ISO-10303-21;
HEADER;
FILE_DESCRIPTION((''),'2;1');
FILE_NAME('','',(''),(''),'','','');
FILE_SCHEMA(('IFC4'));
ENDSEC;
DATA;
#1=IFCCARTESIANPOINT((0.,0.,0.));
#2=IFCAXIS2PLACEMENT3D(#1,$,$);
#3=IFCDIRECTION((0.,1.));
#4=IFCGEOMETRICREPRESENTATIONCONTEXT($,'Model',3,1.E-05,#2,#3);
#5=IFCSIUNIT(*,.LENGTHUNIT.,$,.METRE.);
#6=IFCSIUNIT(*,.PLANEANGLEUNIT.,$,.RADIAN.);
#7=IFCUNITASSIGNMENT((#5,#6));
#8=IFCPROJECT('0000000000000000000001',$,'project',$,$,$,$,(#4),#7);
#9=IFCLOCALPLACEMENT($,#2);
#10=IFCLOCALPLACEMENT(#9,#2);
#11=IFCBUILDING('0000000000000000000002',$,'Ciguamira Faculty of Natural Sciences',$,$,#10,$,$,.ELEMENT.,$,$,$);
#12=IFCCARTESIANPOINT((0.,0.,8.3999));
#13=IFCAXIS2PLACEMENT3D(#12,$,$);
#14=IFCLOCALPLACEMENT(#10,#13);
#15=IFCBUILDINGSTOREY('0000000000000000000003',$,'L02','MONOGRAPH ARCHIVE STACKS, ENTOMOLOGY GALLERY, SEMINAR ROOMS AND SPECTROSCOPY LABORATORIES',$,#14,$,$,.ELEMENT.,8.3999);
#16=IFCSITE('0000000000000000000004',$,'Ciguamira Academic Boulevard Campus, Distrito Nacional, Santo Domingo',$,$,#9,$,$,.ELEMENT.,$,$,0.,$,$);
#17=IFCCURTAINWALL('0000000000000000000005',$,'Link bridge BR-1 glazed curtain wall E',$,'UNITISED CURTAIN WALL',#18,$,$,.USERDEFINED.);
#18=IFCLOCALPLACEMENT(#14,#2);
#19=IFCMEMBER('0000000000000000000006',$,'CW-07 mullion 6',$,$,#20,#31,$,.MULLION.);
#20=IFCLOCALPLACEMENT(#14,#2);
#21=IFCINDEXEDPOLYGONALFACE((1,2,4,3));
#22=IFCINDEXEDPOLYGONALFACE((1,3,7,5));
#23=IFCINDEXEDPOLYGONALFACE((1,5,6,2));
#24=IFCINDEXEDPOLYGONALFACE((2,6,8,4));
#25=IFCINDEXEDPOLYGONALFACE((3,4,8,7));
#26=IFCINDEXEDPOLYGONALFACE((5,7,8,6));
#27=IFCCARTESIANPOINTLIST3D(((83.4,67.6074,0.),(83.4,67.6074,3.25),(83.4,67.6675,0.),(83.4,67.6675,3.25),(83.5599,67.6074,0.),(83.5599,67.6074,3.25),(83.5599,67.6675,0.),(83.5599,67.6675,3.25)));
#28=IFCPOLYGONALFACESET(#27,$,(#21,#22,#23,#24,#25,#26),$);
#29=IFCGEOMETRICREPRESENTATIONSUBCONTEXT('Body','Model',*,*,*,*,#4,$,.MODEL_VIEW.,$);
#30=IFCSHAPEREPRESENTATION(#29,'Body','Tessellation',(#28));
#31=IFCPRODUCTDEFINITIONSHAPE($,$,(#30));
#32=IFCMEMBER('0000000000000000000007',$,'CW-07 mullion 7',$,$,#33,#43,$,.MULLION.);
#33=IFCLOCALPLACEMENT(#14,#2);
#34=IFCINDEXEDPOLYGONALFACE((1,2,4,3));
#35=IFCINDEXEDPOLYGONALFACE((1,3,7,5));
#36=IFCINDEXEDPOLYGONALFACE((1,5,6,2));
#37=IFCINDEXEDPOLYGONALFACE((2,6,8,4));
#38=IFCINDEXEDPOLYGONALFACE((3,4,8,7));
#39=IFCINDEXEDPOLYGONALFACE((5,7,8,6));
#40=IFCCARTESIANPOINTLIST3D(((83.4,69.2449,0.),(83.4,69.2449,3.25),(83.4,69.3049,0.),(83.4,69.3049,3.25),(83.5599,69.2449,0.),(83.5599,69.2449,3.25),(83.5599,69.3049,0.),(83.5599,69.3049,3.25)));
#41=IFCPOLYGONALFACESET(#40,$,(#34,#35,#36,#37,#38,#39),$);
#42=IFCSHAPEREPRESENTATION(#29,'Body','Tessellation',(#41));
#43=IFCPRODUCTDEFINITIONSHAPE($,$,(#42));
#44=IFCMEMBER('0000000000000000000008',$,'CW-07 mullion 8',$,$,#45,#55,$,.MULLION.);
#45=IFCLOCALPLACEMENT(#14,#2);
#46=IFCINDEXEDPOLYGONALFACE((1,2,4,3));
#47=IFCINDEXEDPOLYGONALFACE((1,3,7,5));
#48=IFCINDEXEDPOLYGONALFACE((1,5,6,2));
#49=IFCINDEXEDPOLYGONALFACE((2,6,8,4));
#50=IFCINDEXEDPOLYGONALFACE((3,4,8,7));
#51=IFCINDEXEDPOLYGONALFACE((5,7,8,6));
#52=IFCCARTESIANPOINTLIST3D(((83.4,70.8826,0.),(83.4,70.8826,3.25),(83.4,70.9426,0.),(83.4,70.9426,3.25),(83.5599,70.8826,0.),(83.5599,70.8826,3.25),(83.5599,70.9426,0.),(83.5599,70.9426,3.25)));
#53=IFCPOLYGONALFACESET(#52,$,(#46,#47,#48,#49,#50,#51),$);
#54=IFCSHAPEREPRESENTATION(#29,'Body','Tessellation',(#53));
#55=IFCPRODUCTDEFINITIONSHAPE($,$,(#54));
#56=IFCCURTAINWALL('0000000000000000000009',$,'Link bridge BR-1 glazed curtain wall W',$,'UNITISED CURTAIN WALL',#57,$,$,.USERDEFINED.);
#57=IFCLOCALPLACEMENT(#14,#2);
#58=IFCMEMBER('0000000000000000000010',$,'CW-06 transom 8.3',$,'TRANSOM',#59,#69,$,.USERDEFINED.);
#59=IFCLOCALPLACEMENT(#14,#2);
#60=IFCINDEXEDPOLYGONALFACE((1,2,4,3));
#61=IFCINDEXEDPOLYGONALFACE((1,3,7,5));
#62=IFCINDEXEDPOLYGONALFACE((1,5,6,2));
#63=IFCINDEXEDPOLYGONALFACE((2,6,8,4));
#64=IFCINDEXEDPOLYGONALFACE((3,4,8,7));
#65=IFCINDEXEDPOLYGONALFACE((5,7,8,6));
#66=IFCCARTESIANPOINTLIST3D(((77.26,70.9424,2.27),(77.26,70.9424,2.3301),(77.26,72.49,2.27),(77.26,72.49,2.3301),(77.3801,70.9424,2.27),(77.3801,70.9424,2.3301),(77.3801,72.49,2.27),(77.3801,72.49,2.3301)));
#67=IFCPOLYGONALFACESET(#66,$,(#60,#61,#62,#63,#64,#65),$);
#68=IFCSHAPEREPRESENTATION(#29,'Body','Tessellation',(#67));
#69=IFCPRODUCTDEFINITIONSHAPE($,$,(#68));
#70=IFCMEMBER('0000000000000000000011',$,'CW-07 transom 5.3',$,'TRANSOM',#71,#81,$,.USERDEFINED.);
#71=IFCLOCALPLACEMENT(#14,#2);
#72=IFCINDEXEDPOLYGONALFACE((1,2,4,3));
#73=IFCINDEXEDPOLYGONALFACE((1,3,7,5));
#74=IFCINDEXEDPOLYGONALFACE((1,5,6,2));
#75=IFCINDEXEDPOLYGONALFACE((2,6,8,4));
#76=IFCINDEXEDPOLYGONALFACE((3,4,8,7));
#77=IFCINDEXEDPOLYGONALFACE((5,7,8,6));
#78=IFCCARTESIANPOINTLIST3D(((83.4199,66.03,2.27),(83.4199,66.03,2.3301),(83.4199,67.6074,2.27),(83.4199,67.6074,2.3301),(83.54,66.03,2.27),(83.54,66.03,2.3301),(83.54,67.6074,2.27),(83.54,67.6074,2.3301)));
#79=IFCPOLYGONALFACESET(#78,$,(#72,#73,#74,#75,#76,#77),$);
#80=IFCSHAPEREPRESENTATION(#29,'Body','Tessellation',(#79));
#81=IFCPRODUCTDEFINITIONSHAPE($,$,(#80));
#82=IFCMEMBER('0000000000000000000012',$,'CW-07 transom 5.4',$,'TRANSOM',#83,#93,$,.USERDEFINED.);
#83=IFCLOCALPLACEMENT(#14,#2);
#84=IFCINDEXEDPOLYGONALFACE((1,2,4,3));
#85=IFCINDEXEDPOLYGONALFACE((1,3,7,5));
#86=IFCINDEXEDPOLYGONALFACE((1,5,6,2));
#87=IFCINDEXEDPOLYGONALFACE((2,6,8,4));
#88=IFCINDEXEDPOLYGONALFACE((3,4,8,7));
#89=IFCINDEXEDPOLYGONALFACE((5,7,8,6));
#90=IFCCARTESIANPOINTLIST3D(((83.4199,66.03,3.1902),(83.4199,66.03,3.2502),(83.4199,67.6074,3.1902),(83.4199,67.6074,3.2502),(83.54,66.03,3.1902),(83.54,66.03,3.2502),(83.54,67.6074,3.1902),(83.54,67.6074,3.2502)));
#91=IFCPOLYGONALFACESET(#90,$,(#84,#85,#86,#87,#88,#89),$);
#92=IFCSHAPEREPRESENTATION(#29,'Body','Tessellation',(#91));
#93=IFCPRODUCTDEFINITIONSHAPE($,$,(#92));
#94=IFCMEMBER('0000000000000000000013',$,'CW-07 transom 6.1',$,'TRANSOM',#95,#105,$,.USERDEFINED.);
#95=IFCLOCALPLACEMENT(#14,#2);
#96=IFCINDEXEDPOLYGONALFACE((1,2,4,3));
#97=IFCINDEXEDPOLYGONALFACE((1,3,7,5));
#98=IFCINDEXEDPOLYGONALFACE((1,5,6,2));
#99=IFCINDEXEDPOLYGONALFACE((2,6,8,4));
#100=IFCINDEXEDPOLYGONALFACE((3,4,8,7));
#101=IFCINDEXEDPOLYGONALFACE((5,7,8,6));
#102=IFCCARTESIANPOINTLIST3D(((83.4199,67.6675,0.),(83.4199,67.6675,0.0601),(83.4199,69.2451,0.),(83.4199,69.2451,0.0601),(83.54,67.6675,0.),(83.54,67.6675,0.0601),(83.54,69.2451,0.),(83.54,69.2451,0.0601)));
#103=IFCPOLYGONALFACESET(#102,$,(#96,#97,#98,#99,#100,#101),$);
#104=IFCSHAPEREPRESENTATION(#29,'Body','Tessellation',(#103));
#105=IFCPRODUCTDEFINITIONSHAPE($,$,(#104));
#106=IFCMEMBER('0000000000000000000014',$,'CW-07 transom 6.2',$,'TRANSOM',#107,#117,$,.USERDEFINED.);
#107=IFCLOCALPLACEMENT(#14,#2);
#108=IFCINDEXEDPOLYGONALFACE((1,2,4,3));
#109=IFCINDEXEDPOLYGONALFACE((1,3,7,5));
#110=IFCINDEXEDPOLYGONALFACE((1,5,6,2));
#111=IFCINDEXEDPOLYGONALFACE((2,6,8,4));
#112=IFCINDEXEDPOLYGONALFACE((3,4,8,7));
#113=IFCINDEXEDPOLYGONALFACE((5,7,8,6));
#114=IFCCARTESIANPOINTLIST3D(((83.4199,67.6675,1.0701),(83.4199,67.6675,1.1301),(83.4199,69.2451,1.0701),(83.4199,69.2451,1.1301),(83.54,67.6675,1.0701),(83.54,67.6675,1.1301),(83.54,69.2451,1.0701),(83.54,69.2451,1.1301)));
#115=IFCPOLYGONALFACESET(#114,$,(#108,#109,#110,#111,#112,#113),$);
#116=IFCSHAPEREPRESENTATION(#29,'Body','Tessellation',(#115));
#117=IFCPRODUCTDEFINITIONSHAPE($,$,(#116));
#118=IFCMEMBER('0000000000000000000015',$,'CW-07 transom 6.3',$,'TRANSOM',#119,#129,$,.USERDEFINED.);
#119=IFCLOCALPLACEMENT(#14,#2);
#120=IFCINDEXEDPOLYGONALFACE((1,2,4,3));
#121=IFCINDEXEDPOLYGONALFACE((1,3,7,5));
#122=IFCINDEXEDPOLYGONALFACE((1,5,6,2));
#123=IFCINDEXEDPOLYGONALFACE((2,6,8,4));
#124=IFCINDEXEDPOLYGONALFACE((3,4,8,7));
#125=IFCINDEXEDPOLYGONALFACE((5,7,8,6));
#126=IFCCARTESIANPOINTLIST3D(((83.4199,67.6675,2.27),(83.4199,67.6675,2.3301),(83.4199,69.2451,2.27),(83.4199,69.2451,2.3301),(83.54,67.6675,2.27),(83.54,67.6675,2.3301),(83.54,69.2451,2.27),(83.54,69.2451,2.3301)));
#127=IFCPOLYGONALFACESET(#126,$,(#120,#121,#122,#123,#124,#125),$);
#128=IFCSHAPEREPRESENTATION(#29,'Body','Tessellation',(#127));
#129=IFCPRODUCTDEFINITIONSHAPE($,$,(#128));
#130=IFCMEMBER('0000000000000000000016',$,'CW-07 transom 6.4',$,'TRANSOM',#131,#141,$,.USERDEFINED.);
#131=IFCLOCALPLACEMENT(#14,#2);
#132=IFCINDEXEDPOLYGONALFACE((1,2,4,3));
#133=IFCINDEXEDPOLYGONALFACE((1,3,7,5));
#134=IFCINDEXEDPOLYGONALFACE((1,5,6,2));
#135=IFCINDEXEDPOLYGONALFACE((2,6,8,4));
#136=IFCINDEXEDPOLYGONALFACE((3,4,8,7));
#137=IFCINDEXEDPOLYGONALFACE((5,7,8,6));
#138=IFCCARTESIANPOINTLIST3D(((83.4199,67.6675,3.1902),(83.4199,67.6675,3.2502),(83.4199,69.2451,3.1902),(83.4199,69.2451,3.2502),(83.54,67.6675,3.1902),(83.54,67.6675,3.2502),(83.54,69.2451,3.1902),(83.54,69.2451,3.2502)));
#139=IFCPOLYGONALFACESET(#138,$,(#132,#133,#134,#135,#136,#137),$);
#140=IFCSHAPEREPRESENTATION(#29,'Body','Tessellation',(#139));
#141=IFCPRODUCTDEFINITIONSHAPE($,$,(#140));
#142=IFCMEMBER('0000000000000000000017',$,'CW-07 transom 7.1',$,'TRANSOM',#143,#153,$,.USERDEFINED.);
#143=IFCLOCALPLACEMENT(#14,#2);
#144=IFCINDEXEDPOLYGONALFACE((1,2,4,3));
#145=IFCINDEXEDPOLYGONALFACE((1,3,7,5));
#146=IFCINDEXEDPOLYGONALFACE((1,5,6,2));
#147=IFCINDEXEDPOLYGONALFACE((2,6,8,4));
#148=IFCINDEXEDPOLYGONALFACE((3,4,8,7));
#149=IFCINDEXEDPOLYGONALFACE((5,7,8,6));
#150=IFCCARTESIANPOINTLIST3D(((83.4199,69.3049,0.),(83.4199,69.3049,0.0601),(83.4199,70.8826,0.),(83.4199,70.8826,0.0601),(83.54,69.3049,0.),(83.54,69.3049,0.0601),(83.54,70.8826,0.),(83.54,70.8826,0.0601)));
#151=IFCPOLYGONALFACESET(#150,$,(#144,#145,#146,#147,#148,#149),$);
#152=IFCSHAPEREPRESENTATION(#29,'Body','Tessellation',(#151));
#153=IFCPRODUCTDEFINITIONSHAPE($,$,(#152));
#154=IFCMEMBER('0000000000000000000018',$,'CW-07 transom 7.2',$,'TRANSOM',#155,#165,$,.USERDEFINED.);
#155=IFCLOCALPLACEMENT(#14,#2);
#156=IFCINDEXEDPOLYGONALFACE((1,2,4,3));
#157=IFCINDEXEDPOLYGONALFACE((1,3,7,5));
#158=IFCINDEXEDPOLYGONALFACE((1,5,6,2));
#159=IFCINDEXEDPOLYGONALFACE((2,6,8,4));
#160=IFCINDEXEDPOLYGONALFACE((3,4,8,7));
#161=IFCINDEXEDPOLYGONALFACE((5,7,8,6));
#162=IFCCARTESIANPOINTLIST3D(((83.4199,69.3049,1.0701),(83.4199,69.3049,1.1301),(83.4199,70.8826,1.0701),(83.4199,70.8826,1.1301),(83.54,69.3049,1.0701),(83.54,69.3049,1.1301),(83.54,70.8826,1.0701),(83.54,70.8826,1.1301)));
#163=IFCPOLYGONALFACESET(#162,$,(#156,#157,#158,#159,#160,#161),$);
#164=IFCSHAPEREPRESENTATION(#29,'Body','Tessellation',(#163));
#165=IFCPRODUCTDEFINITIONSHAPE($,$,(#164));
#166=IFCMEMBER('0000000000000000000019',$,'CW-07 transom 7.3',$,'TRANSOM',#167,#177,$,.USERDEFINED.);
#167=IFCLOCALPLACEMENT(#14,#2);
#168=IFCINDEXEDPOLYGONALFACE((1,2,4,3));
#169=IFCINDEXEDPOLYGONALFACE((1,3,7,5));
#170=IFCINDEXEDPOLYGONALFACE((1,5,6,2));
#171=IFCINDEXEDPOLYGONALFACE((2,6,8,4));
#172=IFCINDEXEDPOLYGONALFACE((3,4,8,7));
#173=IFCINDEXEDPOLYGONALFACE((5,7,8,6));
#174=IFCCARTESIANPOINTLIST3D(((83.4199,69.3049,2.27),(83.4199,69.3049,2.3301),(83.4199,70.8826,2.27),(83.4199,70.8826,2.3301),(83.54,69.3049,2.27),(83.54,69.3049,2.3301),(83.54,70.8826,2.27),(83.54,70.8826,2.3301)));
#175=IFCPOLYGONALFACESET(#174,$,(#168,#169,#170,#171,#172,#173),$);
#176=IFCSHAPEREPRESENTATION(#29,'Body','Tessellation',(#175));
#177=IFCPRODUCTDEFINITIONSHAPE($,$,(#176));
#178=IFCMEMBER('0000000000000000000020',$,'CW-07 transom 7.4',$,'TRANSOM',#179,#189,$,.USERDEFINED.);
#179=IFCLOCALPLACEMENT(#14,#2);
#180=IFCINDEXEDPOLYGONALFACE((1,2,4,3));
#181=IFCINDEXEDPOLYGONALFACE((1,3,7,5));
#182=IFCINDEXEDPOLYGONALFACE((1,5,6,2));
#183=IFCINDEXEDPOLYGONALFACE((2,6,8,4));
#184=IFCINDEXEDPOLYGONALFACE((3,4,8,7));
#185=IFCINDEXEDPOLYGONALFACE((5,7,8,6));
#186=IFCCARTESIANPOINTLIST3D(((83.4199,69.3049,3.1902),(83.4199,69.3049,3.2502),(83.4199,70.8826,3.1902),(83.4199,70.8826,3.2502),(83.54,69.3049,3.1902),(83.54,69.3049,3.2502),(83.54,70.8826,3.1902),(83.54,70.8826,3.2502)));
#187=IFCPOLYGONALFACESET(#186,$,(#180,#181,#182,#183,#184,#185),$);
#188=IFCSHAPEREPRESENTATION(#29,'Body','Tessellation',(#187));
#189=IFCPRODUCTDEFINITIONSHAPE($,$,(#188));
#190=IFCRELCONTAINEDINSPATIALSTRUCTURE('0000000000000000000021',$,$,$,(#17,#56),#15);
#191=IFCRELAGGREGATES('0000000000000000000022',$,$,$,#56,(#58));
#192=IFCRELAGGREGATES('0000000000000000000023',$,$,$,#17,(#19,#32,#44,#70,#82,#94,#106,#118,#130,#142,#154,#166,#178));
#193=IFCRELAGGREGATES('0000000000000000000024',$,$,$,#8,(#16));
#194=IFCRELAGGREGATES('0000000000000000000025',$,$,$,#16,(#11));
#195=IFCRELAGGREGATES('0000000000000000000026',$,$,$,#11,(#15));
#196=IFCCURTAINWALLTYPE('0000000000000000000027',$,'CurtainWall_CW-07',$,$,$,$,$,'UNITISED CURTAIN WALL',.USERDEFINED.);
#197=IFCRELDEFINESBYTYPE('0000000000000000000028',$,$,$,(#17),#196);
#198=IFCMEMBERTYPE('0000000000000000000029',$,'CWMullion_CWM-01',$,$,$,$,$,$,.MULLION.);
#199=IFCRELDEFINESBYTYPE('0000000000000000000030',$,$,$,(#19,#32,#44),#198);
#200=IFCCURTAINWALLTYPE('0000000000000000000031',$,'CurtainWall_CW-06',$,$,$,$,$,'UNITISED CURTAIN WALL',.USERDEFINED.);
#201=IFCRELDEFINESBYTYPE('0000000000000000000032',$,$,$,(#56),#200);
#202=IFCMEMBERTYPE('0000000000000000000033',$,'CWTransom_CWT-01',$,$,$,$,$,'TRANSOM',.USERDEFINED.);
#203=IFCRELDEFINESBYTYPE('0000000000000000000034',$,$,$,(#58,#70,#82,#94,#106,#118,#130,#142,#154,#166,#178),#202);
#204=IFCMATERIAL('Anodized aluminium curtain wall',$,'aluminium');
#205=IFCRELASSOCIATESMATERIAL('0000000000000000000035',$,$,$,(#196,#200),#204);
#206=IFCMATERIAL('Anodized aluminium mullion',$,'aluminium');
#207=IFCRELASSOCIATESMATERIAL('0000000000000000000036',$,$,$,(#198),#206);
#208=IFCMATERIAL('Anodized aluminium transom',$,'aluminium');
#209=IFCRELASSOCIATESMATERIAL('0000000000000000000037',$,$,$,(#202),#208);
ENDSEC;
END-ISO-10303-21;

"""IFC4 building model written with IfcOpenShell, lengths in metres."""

from ifc_helpers import new_model, si_unit, direction, frame, origin, origin_2d, place, context, subcontext, project, spatial, rectangle, extrude, material, material_profile, profile_set, type_object, element, aggregate, save


model = new_model("IFC4")

# Units and contexts
model_context = context("Model", 3, precision=1e-05, world=origin(), true_north=direction((0.0, 1.0)))
body_context = subcontext(model_context, "Body", "Model", "MODEL_VIEW")
ifc_project = project(units=[si_unit("LENGTHUNIT", "METRE"), si_unit("PLANEANGLEUNIT", "RADIAN")], contexts=[model_context])

# Site, building, storey
site_placement = place(None, origin())
site = spatial("IfcSite", under=ifc_project, at=site_placement, Name="Ciguamira Academic Boulevard Campus, Distrito Nacional, Santo Domingo", CompositionType="ELEMENT", RefElevation=0.0)
building_placement = place(site_placement, origin())
building = spatial("IfcBuilding", under=site, at=building_placement, Name="Ciguamira Faculty of Natural Sciences", CompositionType="ELEMENT")
storey_placement = place(building_placement, frame((0.0, 0.0, 8.3999)))
storey = spatial("IfcBuildingStorey", under=building, at=storey_placement, Name="L02", Description="MONOGRAPH ARCHIVE STACKS, ENTOMOLOGY GALLERY, SEMINAR ROOMS AND SPECTROSCOPY LABORATORIES", CompositionType="ELEMENT", Elevation=8.3999)

# Curtain wall, members
ifc_material_1 = material(Name="Anodized aluminium curtain wall", Category="aluminium")
curtain_wall_type_1 = type_object("IfcCurtainWallType", Name="CurtainWall_CW-07", ElementType="UNITISED CURTAIN WALL", PredefinedType="USERDEFINED", material=ifc_material_1)
curtain_wall_1_placement = place(storey_placement, origin())
curtain_wall_1 = element("IfcCurtainWall", 1, at=curtain_wall_1_placement, inside=storey, type_object=curtain_wall_type_1, Name="Link bridge BR-1 glazed curtain wall E", ObjectType="UNITISED CURTAIN WALL", PredefinedType="USERDEFINED")
ifc_material_2 = material(Name="Anodized aluminium mullion", Category="aluminium")
ifc_material_profile_1 = material_profile(ifc_material_2, rectangle(XDim=0.0601, YDim=0.1599, at=origin_2d()), Name="ALU-MUL-60X160")
ifc_profile_set_1 = profile_set([ifc_material_profile_1], Name="Anodized aluminium mullion")
member_type_1 = type_object("IfcMemberType", Name="CWMullion_CWM-01", PredefinedType="MULLION", material=ifc_profile_set_1)
member_1_placement = place(storey_placement, frame((83.48, 67.6375, 0.0), z_axis=(0.0, 0.0, 1.0), x_axis=(0.0, 1.0, 0.0)))
member_1 = element("IfcMember", 2, at=member_1_placement, type_object=member_type_1, Name="CW-07 mullion 6", PredefinedType="MULLION", context=body_context, shape_type="SweptSolid", body=[
    extrude(rectangle(XDim=0.0601, YDim=0.1599, at=origin_2d()), origin(), (0.0, 0.0, 1.0), 3.25),
])
member_2_placement = place(storey_placement, frame((83.48, 69.2749, 0.0), z_axis=(0.0, 0.0, 1.0), x_axis=(0.0, 1.0, 0.0)))
member_2 = element("IfcMember", 3, at=member_2_placement, type_object=member_type_1, Name="CW-07 mullion 7", PredefinedType="MULLION", context=body_context, shape_type="SweptSolid", body=[
    extrude(rectangle(XDim=0.0601, YDim=0.1599, at=origin_2d()), origin(), (0.0, 0.0, 1.0), 3.25),
])
member_3_placement = place(storey_placement, frame((83.48, 70.9126, 0.0), z_axis=(0.0, 0.0, 1.0), x_axis=(0.0, 1.0, 0.0)))
member_3 = element("IfcMember", 4, at=member_3_placement, type_object=member_type_1, Name="CW-07 mullion 8", PredefinedType="MULLION", context=body_context, shape_type="SweptSolid", body=[
    extrude(rectangle(XDim=0.0601, YDim=0.1599, at=origin_2d()), origin(), (0.0, 0.0, 1.0), 3.25),
])

# Curtain wall, member
curtain_wall_type_2 = type_object("IfcCurtainWallType", Name="CurtainWall_CW-06", ElementType="UNITISED CURTAIN WALL", PredefinedType="USERDEFINED", material=ifc_material_1)
curtain_wall_2_placement = place(storey_placement, origin())
curtain_wall_2 = element("IfcCurtainWall", 5, at=curtain_wall_2_placement, inside=storey, type_object=curtain_wall_type_2, Name="Link bridge BR-1 glazed curtain wall W", ObjectType="UNITISED CURTAIN WALL", PredefinedType="USERDEFINED")
ifc_material_3 = material(Name="Anodized aluminium transom", Category="aluminium")
ifc_material_profile_2 = material_profile(ifc_material_3, rectangle(XDim=0.0601, YDim=0.1201, at=origin_2d()), Name="ALU-TRN-60X120")
ifc_profile_set_2 = profile_set([ifc_material_profile_2], Name="Anodized aluminium transom")
member_type_2 = type_object("IfcMemberType", Name="CWTransom_CWT-01", ElementType="TRANSOM", PredefinedType="USERDEFINED", material=ifc_profile_set_2)
member_4_placement = place(storey_placement, frame((77.3201, 70.9424, 2.3), z_axis=(0.0, 1.0, 0.0), x_axis=(0.0, 0.0, 1.0)))
member_4 = element("IfcMember", 6, at=member_4_placement, type_object=member_type_2, Name="CW-06 transom 8.3", ObjectType="TRANSOM", PredefinedType="USERDEFINED", context=body_context, shape_type="SweptSolid", body=[
    extrude(rectangle(XDim=0.0601, YDim=0.1201, at=origin_2d()), origin(), (0.0, 0.0, 1.0), 1.5476),
])
aggregate(curtain_wall_2, [member_4])

# Members
member_5_placement = place(storey_placement, frame((83.48, 66.03, 2.3), z_axis=(0.0, 1.0, 0.0), x_axis=(0.0, 0.0, 1.0)))
member_5 = element("IfcMember", 7, at=member_5_placement, type_object=member_type_2, Name="CW-07 transom 5.3", ObjectType="TRANSOM", PredefinedType="USERDEFINED", context=body_context, shape_type="SweptSolid", body=[
    extrude(rectangle(XDim=0.0601, YDim=0.1201, at=origin_2d()), origin(), (0.0, 0.0, 1.0), 1.5774),
])
member_6_placement = place(storey_placement, frame((83.48, 66.03, 3.2202), z_axis=(0.0, 1.0, 0.0), x_axis=(0.0, 0.0, 1.0)))
member_6 = element("IfcMember", 8, at=member_6_placement, type_object=member_type_2, Name="CW-07 transom 5.4", ObjectType="TRANSOM", PredefinedType="USERDEFINED", context=body_context, shape_type="SweptSolid", body=[
    extrude(rectangle(XDim=0.0601, YDim=0.1201, at=origin_2d()), origin(), (0.0, 0.0, 1.0), 1.5774),
])
member_7_placement = place(storey_placement, frame((83.48, 67.6675, 0.03), z_axis=(0.0, 1.0, 0.0), x_axis=(0.0, 0.0, 1.0)))
member_7 = element("IfcMember", 9, at=member_7_placement, type_object=member_type_2, Name="CW-07 transom 6.1", ObjectType="TRANSOM", PredefinedType="USERDEFINED", context=body_context, shape_type="SweptSolid", body=[
    extrude(rectangle(XDim=0.0601, YDim=0.1201, at=origin_2d()), origin(), (0.0, 0.0, 1.0), 1.5776),
])
member_8_placement = place(storey_placement, frame((83.48, 67.6675, 1.1001), z_axis=(0.0, 1.0, 0.0), x_axis=(0.0, 0.0, 1.0)))
member_8 = element("IfcMember", 10, at=member_8_placement, type_object=member_type_2, Name="CW-07 transom 6.2", ObjectType="TRANSOM", PredefinedType="USERDEFINED", context=body_context, shape_type="SweptSolid", body=[
    extrude(rectangle(XDim=0.0601, YDim=0.1201, at=origin_2d()), origin(), (0.0, 0.0, 1.0), 1.5776),
])
member_9_placement = place(storey_placement, frame((83.48, 67.6675, 2.3), z_axis=(0.0, 1.0, 0.0), x_axis=(0.0, 0.0, 1.0)))
member_9 = element("IfcMember", 11, at=member_9_placement, type_object=member_type_2, Name="CW-07 transom 6.3", ObjectType="TRANSOM", PredefinedType="USERDEFINED", context=body_context, shape_type="SweptSolid", body=[
    extrude(rectangle(XDim=0.0601, YDim=0.1201, at=origin_2d()), origin(), (0.0, 0.0, 1.0), 1.5776),
])
member_10_placement = place(storey_placement, frame((83.48, 67.6675, 3.2202), z_axis=(0.0, 1.0, 0.0), x_axis=(0.0, 0.0, 1.0)))
member_10 = element("IfcMember", 12, at=member_10_placement, type_object=member_type_2, Name="CW-07 transom 6.4", ObjectType="TRANSOM", PredefinedType="USERDEFINED", context=body_context, shape_type="SweptSolid", body=[
    extrude(rectangle(XDim=0.0601, YDim=0.1201, at=origin_2d()), origin(), (0.0, 0.0, 1.0), 1.5776),
])
member_11_placement = place(storey_placement, frame((83.48, 69.3049, 0.03), z_axis=(0.0, 1.0, 0.0), x_axis=(0.0, 0.0, 1.0)))
member_11 = element("IfcMember", 13, at=member_11_placement, type_object=member_type_2, Name="CW-07 transom 7.1", ObjectType="TRANSOM", PredefinedType="USERDEFINED", context=body_context, shape_type="SweptSolid", body=[
    extrude(rectangle(XDim=0.0601, YDim=0.1201, at=origin_2d()), origin(), (0.0, 0.0, 1.0), 1.5776),
])
member_12_placement = place(storey_placement, frame((83.48, 69.3049, 1.1001), z_axis=(0.0, 1.0, 0.0), x_axis=(0.0, 0.0, 1.0)))
member_12 = element("IfcMember", 14, at=member_12_placement, type_object=member_type_2, Name="CW-07 transom 7.2", ObjectType="TRANSOM", PredefinedType="USERDEFINED", context=body_context, shape_type="SweptSolid", body=[
    extrude(rectangle(XDim=0.0601, YDim=0.1201, at=origin_2d()), origin(), (0.0, 0.0, 1.0), 1.5776),
])
member_13_placement = place(storey_placement, frame((83.48, 69.3049, 2.3), z_axis=(0.0, 1.0, 0.0), x_axis=(0.0, 0.0, 1.0)))
member_13 = element("IfcMember", 15, at=member_13_placement, type_object=member_type_2, Name="CW-07 transom 7.3", ObjectType="TRANSOM", PredefinedType="USERDEFINED", context=body_context, shape_type="SweptSolid", body=[
    extrude(rectangle(XDim=0.0601, YDim=0.1201, at=origin_2d()), origin(), (0.0, 0.0, 1.0), 1.5776),
])
member_14_placement = place(storey_placement, frame((83.48, 69.3049, 3.2202), z_axis=(0.0, 1.0, 0.0), x_axis=(0.0, 0.0, 1.0)))
member_14 = element("IfcMember", 16, at=member_14_placement, type_object=member_type_2, Name="CW-07 transom 7.4", ObjectType="TRANSOM", PredefinedType="USERDEFINED", context=body_context, shape_type="SweptSolid", body=[
    extrude(rectangle(XDim=0.0601, YDim=0.1201, at=origin_2d()), origin(), (0.0, 0.0, 1.0), 1.5776),
])

aggregate(curtain_wall_1, [member_1, member_2, member_3, member_5, member_6, member_7, member_8, member_9, member_10, member_11, member_12, member_13, member_14])

save(model, "model.ifc")
